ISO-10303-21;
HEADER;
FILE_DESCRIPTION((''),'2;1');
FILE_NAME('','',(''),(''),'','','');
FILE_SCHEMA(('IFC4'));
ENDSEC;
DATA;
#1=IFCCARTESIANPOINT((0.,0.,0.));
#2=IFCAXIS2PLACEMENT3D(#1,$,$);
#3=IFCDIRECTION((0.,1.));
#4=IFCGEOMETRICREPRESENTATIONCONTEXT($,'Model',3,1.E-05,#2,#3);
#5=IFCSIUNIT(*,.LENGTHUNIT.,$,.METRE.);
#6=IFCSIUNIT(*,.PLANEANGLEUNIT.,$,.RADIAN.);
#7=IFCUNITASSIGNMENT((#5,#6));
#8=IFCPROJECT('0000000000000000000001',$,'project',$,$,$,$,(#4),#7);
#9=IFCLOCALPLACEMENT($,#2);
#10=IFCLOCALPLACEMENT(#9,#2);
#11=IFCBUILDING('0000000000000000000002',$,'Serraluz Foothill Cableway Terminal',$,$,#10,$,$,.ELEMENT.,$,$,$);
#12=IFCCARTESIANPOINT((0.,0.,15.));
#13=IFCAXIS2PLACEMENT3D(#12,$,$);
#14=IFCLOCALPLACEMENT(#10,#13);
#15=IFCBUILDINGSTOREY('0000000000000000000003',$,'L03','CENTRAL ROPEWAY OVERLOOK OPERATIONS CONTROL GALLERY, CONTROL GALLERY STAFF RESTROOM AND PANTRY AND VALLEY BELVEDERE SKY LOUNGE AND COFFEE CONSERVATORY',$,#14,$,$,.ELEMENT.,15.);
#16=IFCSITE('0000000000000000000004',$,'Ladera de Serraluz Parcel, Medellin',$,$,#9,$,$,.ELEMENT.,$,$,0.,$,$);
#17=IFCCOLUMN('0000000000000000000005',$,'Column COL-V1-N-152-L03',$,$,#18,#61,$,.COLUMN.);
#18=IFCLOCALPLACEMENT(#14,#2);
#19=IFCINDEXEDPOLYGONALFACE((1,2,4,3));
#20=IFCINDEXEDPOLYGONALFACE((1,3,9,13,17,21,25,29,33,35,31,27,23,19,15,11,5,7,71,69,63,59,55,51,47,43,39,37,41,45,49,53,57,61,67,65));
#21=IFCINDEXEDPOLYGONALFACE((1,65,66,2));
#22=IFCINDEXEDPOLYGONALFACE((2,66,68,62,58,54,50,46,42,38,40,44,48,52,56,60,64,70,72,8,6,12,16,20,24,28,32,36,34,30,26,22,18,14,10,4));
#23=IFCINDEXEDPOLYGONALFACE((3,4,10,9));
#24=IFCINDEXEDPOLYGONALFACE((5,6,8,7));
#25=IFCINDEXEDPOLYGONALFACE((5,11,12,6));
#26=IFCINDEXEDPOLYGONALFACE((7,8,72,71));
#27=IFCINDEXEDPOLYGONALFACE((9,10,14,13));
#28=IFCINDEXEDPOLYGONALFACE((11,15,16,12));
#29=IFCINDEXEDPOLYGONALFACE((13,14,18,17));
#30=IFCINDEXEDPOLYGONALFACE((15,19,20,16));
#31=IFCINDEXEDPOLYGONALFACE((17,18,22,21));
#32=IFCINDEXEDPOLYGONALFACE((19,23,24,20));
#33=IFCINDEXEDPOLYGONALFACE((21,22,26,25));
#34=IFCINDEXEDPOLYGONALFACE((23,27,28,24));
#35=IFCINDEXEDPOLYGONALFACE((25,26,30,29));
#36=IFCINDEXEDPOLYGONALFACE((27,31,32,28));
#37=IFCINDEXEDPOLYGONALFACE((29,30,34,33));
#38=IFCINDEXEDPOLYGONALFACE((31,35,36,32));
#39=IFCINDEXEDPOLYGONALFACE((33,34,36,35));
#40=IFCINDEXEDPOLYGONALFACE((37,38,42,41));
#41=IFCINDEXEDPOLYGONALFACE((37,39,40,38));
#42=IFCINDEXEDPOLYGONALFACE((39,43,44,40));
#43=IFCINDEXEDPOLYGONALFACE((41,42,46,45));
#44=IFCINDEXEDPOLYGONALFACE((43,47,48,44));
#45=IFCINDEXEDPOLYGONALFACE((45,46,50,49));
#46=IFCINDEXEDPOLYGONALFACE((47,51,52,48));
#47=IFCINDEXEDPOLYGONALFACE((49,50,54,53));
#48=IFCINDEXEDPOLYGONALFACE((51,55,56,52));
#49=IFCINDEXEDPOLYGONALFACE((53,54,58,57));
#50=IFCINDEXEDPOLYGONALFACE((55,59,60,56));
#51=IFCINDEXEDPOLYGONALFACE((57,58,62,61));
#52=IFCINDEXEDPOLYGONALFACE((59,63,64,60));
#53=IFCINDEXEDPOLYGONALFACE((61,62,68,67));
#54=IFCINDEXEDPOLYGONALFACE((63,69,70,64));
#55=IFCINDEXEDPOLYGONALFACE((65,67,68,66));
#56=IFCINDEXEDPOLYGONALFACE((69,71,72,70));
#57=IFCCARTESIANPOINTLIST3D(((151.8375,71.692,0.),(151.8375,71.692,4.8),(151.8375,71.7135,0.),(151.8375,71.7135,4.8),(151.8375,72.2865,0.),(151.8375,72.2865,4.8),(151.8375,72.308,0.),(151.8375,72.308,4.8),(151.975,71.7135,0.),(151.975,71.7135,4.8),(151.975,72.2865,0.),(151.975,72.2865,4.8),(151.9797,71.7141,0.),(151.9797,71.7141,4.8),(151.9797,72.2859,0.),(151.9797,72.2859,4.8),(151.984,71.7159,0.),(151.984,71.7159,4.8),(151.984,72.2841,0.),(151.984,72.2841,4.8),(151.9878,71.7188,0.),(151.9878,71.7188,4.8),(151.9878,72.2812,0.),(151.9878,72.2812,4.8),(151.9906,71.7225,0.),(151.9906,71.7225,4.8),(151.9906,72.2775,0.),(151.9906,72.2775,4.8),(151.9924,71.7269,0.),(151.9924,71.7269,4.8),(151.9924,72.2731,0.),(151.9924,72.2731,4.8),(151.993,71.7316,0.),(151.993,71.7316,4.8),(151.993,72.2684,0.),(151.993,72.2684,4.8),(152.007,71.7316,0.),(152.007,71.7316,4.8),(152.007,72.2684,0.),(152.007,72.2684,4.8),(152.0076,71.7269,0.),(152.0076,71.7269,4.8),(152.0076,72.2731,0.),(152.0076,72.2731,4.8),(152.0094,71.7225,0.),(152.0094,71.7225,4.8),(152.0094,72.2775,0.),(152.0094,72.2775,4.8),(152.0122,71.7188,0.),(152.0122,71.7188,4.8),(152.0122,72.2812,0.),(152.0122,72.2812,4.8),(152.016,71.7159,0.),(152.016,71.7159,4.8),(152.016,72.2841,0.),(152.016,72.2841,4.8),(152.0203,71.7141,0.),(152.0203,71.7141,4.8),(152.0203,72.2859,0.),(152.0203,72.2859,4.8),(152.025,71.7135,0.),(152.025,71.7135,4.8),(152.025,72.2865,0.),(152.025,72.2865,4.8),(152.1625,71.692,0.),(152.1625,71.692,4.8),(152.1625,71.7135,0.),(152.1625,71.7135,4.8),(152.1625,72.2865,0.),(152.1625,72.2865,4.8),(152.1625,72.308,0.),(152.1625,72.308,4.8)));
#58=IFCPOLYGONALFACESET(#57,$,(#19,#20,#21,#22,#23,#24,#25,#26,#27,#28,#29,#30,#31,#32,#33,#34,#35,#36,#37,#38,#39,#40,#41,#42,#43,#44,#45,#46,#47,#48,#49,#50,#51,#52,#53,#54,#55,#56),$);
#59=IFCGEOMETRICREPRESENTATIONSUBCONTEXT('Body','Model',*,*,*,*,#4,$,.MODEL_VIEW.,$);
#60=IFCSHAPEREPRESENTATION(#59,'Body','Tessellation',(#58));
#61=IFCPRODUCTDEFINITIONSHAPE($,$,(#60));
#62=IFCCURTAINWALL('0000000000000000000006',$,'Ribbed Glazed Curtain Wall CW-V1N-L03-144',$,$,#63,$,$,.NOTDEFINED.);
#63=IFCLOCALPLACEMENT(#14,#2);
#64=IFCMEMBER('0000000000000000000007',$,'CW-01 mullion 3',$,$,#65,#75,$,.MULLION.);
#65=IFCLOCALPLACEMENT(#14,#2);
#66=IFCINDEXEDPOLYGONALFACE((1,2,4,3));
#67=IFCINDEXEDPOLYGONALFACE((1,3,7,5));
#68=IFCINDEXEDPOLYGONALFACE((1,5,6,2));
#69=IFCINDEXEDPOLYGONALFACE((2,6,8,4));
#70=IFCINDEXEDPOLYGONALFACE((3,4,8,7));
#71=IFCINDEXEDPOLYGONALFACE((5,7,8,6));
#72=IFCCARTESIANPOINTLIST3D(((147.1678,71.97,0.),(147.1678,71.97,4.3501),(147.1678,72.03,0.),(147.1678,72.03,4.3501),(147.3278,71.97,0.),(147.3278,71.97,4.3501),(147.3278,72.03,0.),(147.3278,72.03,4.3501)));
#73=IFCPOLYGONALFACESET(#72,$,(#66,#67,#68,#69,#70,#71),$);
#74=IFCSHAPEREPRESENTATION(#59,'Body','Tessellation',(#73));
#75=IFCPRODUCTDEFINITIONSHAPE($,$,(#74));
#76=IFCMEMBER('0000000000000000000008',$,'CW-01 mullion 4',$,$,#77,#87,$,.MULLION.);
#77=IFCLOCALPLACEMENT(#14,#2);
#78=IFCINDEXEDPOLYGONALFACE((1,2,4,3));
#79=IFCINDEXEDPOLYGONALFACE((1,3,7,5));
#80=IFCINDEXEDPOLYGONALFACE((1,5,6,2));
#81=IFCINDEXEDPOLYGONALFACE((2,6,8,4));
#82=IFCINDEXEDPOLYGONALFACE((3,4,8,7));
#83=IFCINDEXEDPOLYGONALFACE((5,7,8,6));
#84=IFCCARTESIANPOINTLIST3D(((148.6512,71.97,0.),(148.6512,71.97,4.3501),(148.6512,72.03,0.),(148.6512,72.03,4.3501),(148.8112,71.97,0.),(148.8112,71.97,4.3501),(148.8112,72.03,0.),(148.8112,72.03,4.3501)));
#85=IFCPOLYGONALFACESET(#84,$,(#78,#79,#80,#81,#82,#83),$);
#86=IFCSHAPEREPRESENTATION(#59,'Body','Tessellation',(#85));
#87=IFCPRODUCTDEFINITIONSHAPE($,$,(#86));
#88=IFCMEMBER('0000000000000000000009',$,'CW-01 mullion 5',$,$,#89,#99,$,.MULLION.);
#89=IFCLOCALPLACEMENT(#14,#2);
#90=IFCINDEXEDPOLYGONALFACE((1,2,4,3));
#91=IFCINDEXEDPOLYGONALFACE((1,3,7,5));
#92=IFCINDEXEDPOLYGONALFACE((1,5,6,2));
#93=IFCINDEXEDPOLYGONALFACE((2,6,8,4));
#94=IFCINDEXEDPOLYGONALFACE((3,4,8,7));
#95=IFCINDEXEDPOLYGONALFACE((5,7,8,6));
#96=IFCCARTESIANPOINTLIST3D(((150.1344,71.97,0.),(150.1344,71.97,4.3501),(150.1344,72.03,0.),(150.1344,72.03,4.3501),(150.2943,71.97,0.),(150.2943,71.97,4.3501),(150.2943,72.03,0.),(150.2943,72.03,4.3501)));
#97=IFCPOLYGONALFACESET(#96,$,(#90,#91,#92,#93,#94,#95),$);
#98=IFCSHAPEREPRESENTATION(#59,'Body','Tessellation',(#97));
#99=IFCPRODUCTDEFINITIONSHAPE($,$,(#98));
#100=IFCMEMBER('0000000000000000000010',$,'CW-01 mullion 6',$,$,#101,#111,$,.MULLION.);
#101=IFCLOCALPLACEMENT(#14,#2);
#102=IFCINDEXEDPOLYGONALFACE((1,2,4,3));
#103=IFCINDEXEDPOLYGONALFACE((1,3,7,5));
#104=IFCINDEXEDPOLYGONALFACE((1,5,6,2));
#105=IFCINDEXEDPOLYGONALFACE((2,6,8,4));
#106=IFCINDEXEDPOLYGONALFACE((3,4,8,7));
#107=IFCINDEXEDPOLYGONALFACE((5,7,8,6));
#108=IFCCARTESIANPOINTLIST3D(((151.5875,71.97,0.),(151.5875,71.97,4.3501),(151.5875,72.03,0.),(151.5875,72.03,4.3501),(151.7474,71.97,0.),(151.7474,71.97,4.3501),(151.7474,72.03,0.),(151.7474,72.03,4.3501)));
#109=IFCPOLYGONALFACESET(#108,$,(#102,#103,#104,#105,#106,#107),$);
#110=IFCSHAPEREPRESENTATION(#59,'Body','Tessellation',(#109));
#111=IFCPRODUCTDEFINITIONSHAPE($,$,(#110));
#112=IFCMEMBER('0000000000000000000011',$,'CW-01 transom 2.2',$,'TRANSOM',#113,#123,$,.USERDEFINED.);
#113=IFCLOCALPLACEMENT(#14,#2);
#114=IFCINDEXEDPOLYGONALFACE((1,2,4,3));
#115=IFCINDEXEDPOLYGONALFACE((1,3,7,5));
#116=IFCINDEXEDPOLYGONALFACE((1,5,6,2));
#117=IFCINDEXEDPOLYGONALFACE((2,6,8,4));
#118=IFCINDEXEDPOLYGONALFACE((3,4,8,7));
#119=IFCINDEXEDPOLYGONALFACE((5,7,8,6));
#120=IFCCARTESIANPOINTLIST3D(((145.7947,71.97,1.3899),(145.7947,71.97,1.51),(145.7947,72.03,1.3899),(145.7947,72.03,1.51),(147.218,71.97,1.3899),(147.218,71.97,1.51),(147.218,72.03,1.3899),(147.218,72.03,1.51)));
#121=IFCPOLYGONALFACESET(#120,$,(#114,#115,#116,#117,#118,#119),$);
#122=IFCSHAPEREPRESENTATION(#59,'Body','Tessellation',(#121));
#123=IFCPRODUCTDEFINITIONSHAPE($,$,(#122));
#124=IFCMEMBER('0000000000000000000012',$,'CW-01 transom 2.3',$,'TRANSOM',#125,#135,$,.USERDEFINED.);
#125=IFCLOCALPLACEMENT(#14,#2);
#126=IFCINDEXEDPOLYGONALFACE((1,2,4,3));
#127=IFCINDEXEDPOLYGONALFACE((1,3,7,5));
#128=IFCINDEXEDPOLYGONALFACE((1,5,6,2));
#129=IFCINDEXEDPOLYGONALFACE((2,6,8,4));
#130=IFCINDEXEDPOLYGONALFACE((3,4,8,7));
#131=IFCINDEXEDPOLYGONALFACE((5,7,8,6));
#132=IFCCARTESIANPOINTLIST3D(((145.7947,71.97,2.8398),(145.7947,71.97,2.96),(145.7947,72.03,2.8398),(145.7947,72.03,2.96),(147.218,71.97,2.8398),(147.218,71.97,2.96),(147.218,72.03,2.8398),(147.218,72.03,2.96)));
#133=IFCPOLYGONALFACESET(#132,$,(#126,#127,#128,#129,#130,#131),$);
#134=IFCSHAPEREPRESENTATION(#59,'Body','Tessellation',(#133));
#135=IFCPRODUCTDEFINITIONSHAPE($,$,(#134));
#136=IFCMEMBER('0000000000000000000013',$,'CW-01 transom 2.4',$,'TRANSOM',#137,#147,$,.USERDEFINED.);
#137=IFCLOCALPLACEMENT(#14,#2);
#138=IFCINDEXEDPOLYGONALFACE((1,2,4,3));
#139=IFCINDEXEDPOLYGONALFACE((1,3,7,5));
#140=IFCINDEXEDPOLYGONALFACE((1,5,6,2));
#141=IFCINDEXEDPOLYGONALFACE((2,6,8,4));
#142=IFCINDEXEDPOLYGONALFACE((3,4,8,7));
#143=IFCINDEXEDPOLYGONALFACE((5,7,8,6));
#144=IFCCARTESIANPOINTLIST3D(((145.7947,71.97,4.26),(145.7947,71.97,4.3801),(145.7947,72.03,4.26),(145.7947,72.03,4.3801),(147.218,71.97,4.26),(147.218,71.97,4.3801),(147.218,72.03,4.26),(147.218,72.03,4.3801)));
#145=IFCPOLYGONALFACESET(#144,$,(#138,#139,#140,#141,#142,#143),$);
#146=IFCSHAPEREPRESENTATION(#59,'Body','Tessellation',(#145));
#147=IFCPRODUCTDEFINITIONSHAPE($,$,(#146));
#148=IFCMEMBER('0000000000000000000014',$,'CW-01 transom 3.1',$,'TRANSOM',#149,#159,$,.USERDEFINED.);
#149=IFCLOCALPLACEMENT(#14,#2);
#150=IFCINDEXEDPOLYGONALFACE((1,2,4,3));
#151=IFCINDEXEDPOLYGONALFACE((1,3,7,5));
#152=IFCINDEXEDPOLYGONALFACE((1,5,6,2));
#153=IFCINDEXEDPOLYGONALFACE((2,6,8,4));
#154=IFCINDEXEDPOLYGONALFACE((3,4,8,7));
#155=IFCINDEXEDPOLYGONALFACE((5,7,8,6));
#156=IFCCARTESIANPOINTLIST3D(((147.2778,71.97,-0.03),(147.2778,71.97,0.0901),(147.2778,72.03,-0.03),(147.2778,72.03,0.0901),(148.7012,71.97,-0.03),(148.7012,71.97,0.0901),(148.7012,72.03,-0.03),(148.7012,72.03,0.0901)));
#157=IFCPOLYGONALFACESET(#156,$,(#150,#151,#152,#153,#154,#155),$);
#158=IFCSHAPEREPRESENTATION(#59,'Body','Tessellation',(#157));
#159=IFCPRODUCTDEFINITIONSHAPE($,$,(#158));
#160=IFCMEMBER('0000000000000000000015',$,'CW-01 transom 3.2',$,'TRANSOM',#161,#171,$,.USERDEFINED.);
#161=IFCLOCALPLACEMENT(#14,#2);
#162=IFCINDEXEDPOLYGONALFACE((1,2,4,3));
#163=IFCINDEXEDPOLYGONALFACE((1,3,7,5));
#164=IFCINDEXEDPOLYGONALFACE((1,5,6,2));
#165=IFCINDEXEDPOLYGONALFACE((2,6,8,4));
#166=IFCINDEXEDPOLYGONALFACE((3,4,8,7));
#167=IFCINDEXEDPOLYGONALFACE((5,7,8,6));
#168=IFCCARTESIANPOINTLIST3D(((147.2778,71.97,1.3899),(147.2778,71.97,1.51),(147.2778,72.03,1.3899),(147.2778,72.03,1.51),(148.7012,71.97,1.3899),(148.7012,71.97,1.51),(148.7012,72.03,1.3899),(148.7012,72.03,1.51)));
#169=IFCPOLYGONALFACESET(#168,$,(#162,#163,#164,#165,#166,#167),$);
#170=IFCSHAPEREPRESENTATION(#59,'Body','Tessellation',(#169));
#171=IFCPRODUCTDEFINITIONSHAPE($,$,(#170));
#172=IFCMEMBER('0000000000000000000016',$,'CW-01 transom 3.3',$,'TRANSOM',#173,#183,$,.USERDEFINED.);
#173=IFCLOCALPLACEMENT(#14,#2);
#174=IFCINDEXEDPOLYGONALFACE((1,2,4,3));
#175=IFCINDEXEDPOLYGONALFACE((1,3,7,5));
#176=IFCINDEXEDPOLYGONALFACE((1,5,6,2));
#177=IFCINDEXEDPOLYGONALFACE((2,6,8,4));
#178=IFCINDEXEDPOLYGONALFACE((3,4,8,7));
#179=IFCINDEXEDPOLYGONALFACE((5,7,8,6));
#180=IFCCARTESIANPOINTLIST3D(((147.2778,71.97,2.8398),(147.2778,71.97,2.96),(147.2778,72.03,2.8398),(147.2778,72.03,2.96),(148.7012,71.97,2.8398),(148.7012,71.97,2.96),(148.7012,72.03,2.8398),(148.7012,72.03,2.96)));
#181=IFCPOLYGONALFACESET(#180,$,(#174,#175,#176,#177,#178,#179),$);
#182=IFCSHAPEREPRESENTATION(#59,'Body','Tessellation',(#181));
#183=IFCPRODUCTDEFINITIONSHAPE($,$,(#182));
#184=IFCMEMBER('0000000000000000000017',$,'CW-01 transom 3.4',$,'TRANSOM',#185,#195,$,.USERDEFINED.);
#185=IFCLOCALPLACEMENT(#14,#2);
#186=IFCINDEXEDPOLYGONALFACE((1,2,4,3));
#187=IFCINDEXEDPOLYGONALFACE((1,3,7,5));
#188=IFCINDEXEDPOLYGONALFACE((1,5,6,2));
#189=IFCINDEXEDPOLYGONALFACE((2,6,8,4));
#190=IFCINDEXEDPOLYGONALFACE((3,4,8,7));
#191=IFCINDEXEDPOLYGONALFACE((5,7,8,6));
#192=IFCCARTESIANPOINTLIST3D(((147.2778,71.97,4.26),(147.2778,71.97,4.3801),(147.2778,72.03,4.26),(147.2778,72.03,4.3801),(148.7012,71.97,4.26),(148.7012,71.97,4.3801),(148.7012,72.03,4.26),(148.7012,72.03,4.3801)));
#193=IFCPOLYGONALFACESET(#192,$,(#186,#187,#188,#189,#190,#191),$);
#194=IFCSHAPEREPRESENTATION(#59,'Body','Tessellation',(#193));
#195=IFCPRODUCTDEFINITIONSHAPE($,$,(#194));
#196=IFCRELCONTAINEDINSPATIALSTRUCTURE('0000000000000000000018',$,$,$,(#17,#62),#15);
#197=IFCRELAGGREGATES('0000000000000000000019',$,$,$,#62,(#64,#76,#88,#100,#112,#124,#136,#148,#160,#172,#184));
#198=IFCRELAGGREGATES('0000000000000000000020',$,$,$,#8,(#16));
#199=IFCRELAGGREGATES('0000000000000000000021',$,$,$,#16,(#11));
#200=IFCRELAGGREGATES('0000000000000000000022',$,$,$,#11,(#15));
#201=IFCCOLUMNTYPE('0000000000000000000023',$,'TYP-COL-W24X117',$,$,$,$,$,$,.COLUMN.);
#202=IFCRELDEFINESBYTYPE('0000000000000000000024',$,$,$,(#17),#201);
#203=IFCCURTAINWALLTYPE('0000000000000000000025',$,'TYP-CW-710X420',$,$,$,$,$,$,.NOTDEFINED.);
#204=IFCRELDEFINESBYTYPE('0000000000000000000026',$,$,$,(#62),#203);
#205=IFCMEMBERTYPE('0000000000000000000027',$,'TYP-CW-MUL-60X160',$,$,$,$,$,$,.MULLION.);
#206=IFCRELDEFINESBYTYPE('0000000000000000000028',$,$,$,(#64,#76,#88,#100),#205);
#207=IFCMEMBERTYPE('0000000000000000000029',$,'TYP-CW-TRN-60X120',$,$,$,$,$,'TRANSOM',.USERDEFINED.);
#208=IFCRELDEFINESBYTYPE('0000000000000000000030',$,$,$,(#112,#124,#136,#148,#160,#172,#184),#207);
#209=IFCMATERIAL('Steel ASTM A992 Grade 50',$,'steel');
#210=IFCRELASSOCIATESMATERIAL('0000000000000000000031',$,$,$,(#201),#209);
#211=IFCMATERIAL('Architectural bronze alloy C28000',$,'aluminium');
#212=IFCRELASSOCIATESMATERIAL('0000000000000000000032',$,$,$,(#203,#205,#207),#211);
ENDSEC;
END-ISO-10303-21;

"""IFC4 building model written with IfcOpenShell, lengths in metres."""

from ifc_helpers import new_model, si_unit, direction, frame, origin, origin_2d, place, context, subcontext, project, spatial, rectangle, i_section, extrude, material, material_profile, profile_set, type_object, element, aggregate, save


model = new_model("IFC4")

# Units and contexts
model_context = context("Model", 3, precision=1e-05, world=origin(), true_north=direction((0.0, 1.0)))
body_context = subcontext(model_context, "Body", "Model", "MODEL_VIEW")
ifc_project = project(units=[si_unit("LENGTHUNIT", "METRE"), si_unit("PLANEANGLEUNIT", "RADIAN")], contexts=[model_context])

# Site, building, storey
site_placement = place(None, origin())
site = spatial("IfcSite", under=ifc_project, at=site_placement, Name="Ladera de Serraluz Parcel, Medellin", CompositionType="ELEMENT", RefElevation=0.0)
building_placement = place(site_placement, origin())
building = spatial("IfcBuilding", under=site, at=building_placement, Name="Serraluz Foothill Cableway Terminal", CompositionType="ELEMENT")
storey_placement = place(building_placement, frame((0.0, 0.0, 15.0)))
storey = spatial("IfcBuildingStorey", under=building, at=storey_placement, Name="L03", Description="CENTRAL ROPEWAY OVERLOOK OPERATIONS CONTROL GALLERY, CONTROL GALLERY STAFF RESTROOM AND PANTRY AND VALLEY BELVEDERE SKY LOUNGE AND COFFEE CONSERVATORY", CompositionType="ELEMENT", Elevation=15.0)

# Column
ifc_material_1 = material(Name="Steel ASTM A992 Grade 50", Category="steel")
ifc_material_profile_1 = material_profile(ifc_material_1, i_section(OverallWidth=0.325, OverallDepth=0.616, WebThickness=0.0139, FlangeThickness=0.0215, FilletRadius=0.0181, at=origin_2d()), Name="W24X117")
ifc_profile_set_1 = profile_set([ifc_material_profile_1], Name="Steel ASTM A992 Grade 50")
column_type = type_object("IfcColumnType", Name="TYP-COL-W24X117", PredefinedType="COLUMN", material=ifc_profile_set_1)
column_placement = place(storey_placement, frame((152.0, 72.0, 0.0), z_axis=(0.0, 0.0, 1.0), x_axis=(1.0, 0.0, 0.0)))
element("IfcColumn", 1, at=column_placement, inside=storey, type_object=column_type, Name="Column COL-V1-N-152-L03", PredefinedType="COLUMN", context=body_context, shape_type="SweptSolid", body=[
    extrude(i_section(OverallWidth=0.325, OverallDepth=0.616, WebThickness=0.0139, FlangeThickness=0.0215, FilletRadius=0.0181, at=origin_2d()), origin(), (0.0, 0.0, 1.0), 4.8),
])

# Curtain wall, members
ifc_material_2 = material(Name="Architectural bronze alloy C28000", Category="aluminium")
curtain_wall_type = type_object("IfcCurtainWallType", Name="TYP-CW-710X420", PredefinedType="NOTDEFINED", material=ifc_material_2)
curtain_wall_placement = place(storey_placement, origin())
curtain_wall = element("IfcCurtainWall", 2, at=curtain_wall_placement, inside=storey, type_object=curtain_wall_type, Name="Ribbed Glazed Curtain Wall CW-V1N-L03-144", PredefinedType="NOTDEFINED")
ifc_material_profile_2 = material_profile(ifc_material_2, rectangle(XDim=0.0601, YDim=0.1599, at=origin_2d()), Name="ALU MULLION 60x160")
ifc_profile_set_2 = profile_set([ifc_material_profile_2], Name="Architectural bronze alloy C28000")
member_type_1 = type_object("IfcMemberType", Name="TYP-CW-MUL-60X160", PredefinedType="MULLION", material=ifc_profile_set_2)
member_1_placement = place(storey_placement, frame((147.2478, 72.0, 0.0), z_axis=(0.0, 0.0, 1.0), x_axis=(0.0, 1.0, 0.0)))
member_1 = element("IfcMember", 3, at=member_1_placement, type_object=member_type_1, Name="CW-01 mullion 3", PredefinedType="MULLION", context=body_context, shape_type="SweptSolid", body=[
    extrude(rectangle(XDim=0.0601, YDim=0.1599, at=origin_2d()), origin(), (0.0, 0.0, 1.0), 4.3501),
])
member_2_placement = place(storey_placement, frame((148.7312, 72.0, 0.0), z_axis=(0.0, 0.0, 1.0), x_axis=(0.0, 1.0, 0.0)))
member_2 = element("IfcMember", 4, at=member_2_placement, type_object=member_type_1, Name="CW-01 mullion 4", PredefinedType="MULLION", context=body_context, shape_type="SweptSolid", body=[
    extrude(rectangle(XDim=0.0601, YDim=0.1599, at=origin_2d()), origin(), (0.0, 0.0, 1.0), 4.3501),
])
member_3_placement = place(storey_placement, frame((150.2144, 72.0, 0.0), z_axis=(0.0, 0.0, 1.0), x_axis=(0.0, 1.0, 0.0)))
member_3 = element("IfcMember", 5, at=member_3_placement, type_object=member_type_1, Name="CW-01 mullion 5", PredefinedType="MULLION", context=body_context, shape_type="SweptSolid", body=[
    extrude(rectangle(XDim=0.0601, YDim=0.1599, at=origin_2d()), origin(), (0.0, 0.0, 1.0), 4.3501),
])
member_4_placement = place(storey_placement, frame((151.6675, 72.0, 0.0), z_axis=(0.0, 0.0, 1.0), x_axis=(0.0, 1.0, 0.0)))
member_4 = element("IfcMember", 6, at=member_4_placement, type_object=member_type_1, Name="CW-01 mullion 6", PredefinedType="MULLION", context=body_context, shape_type="SweptSolid", body=[
    extrude(rectangle(XDim=0.0601, YDim=0.1599, at=origin_2d()), origin(), (0.0, 0.0, 1.0), 4.3501),
])
ifc_material_profile_3 = material_profile(ifc_material_2, rectangle(XDim=0.0601, YDim=0.1201, at=origin_2d()), Name="ALU TRANSOM 60x120")
ifc_profile_set_3 = profile_set([ifc_material_profile_3], Name="Architectural bronze alloy C28000")
member_type_2 = type_object("IfcMemberType", Name="TYP-CW-TRN-60X120", ElementType="TRANSOM", PredefinedType="USERDEFINED", material=ifc_profile_set_3)
member_5_placement = place(storey_placement, frame((145.7947, 72.0, 1.45), z_axis=(1.0, 0.0, 0.0), x_axis=(0.0, 1.0, 0.0)))
member_5 = element("IfcMember", 7, at=member_5_placement, type_object=member_type_2, Name="CW-01 transom 2.2", ObjectType="TRANSOM", PredefinedType="USERDEFINED", context=body_context, shape_type="SweptSolid", body=[
    extrude(rectangle(XDim=0.0601, YDim=0.1201, at=origin_2d()), origin(), (0.0, 0.0, 1.0), 1.4233),
])
member_6_placement = place(storey_placement, frame((145.7947, 72.0, 2.8999), z_axis=(1.0, 0.0, 0.0), x_axis=(0.0, 1.0, 0.0)))
member_6 = element("IfcMember", 8, at=member_6_placement, type_object=member_type_2, Name="CW-01 transom 2.3", ObjectType="TRANSOM", PredefinedType="USERDEFINED", context=body_context, shape_type="SweptSolid", body=[
    extrude(rectangle(XDim=0.0601, YDim=0.1201, at=origin_2d()), origin(), (0.0, 0.0, 1.0), 1.4233),
])
member_7_placement = place(storey_placement, frame((145.7947, 72.0, 4.3201), z_axis=(1.0, 0.0, 0.0), x_axis=(0.0, 1.0, 0.0)))
member_7 = element("IfcMember", 9, at=member_7_placement, type_object=member_type_2, Name="CW-01 transom 2.4", ObjectType="TRANSOM", PredefinedType="USERDEFINED", context=body_context, shape_type="SweptSolid", body=[
    extrude(rectangle(XDim=0.0601, YDim=0.1201, at=origin_2d()), origin(), (0.0, 0.0, 1.0), 1.4233),
])
member_8_placement = place(storey_placement, frame((147.2778, 72.0, 0.03), z_axis=(1.0, 0.0, 0.0), x_axis=(0.0, 1.0, 0.0)))
member_8 = element("IfcMember", 10, at=member_8_placement, type_object=member_type_2, Name="CW-01 transom 3.1", ObjectType="TRANSOM", PredefinedType="USERDEFINED", context=body_context, shape_type="SweptSolid", body=[
    extrude(rectangle(XDim=0.0601, YDim=0.1201, at=origin_2d()), origin(), (0.0, 0.0, 1.0), 1.4233),
])
member_9_placement = place(storey_placement, frame((147.2778, 72.0, 1.45), z_axis=(1.0, 0.0, 0.0), x_axis=(0.0, 1.0, 0.0)))
member_9 = element("IfcMember", 11, at=member_9_placement, type_object=member_type_2, Name="CW-01 transom 3.2", ObjectType="TRANSOM", PredefinedType="USERDEFINED", context=body_context, shape_type="SweptSolid", body=[
    extrude(rectangle(XDim=0.0601, YDim=0.1201, at=origin_2d()), origin(), (0.0, 0.0, 1.0), 1.4233),
])
member_10_placement = place(storey_placement, frame((147.2778, 72.0, 2.8999), z_axis=(1.0, 0.0, 0.0), x_axis=(0.0, 1.0, 0.0)))
member_10 = element("IfcMember", 12, at=member_10_placement, type_object=member_type_2, Name="CW-01 transom 3.3", ObjectType="TRANSOM", PredefinedType="USERDEFINED", context=body_context, shape_type="SweptSolid", body=[
    extrude(rectangle(XDim=0.0601, YDim=0.1201, at=origin_2d()), origin(), (0.0, 0.0, 1.0), 1.4233),
])
member_11_placement = place(storey_placement, frame((147.2778, 72.0, 4.3201), z_axis=(1.0, 0.0, 0.0), x_axis=(0.0, 1.0, 0.0)))
member_11 = element("IfcMember", 13, at=member_11_placement, type_object=member_type_2, Name="CW-01 transom 3.4", ObjectType="TRANSOM", PredefinedType="USERDEFINED", context=body_context, shape_type="SweptSolid", body=[
    extrude(rectangle(XDim=0.0601, YDim=0.1201, at=origin_2d()), origin(), (0.0, 0.0, 1.0), 1.4233),
])

aggregate(curtain_wall, [member_1, member_2, member_3, member_4, member_5, member_6, member_7, member_8, member_9, member_10, member_11])

save(model, "model.ifc")
